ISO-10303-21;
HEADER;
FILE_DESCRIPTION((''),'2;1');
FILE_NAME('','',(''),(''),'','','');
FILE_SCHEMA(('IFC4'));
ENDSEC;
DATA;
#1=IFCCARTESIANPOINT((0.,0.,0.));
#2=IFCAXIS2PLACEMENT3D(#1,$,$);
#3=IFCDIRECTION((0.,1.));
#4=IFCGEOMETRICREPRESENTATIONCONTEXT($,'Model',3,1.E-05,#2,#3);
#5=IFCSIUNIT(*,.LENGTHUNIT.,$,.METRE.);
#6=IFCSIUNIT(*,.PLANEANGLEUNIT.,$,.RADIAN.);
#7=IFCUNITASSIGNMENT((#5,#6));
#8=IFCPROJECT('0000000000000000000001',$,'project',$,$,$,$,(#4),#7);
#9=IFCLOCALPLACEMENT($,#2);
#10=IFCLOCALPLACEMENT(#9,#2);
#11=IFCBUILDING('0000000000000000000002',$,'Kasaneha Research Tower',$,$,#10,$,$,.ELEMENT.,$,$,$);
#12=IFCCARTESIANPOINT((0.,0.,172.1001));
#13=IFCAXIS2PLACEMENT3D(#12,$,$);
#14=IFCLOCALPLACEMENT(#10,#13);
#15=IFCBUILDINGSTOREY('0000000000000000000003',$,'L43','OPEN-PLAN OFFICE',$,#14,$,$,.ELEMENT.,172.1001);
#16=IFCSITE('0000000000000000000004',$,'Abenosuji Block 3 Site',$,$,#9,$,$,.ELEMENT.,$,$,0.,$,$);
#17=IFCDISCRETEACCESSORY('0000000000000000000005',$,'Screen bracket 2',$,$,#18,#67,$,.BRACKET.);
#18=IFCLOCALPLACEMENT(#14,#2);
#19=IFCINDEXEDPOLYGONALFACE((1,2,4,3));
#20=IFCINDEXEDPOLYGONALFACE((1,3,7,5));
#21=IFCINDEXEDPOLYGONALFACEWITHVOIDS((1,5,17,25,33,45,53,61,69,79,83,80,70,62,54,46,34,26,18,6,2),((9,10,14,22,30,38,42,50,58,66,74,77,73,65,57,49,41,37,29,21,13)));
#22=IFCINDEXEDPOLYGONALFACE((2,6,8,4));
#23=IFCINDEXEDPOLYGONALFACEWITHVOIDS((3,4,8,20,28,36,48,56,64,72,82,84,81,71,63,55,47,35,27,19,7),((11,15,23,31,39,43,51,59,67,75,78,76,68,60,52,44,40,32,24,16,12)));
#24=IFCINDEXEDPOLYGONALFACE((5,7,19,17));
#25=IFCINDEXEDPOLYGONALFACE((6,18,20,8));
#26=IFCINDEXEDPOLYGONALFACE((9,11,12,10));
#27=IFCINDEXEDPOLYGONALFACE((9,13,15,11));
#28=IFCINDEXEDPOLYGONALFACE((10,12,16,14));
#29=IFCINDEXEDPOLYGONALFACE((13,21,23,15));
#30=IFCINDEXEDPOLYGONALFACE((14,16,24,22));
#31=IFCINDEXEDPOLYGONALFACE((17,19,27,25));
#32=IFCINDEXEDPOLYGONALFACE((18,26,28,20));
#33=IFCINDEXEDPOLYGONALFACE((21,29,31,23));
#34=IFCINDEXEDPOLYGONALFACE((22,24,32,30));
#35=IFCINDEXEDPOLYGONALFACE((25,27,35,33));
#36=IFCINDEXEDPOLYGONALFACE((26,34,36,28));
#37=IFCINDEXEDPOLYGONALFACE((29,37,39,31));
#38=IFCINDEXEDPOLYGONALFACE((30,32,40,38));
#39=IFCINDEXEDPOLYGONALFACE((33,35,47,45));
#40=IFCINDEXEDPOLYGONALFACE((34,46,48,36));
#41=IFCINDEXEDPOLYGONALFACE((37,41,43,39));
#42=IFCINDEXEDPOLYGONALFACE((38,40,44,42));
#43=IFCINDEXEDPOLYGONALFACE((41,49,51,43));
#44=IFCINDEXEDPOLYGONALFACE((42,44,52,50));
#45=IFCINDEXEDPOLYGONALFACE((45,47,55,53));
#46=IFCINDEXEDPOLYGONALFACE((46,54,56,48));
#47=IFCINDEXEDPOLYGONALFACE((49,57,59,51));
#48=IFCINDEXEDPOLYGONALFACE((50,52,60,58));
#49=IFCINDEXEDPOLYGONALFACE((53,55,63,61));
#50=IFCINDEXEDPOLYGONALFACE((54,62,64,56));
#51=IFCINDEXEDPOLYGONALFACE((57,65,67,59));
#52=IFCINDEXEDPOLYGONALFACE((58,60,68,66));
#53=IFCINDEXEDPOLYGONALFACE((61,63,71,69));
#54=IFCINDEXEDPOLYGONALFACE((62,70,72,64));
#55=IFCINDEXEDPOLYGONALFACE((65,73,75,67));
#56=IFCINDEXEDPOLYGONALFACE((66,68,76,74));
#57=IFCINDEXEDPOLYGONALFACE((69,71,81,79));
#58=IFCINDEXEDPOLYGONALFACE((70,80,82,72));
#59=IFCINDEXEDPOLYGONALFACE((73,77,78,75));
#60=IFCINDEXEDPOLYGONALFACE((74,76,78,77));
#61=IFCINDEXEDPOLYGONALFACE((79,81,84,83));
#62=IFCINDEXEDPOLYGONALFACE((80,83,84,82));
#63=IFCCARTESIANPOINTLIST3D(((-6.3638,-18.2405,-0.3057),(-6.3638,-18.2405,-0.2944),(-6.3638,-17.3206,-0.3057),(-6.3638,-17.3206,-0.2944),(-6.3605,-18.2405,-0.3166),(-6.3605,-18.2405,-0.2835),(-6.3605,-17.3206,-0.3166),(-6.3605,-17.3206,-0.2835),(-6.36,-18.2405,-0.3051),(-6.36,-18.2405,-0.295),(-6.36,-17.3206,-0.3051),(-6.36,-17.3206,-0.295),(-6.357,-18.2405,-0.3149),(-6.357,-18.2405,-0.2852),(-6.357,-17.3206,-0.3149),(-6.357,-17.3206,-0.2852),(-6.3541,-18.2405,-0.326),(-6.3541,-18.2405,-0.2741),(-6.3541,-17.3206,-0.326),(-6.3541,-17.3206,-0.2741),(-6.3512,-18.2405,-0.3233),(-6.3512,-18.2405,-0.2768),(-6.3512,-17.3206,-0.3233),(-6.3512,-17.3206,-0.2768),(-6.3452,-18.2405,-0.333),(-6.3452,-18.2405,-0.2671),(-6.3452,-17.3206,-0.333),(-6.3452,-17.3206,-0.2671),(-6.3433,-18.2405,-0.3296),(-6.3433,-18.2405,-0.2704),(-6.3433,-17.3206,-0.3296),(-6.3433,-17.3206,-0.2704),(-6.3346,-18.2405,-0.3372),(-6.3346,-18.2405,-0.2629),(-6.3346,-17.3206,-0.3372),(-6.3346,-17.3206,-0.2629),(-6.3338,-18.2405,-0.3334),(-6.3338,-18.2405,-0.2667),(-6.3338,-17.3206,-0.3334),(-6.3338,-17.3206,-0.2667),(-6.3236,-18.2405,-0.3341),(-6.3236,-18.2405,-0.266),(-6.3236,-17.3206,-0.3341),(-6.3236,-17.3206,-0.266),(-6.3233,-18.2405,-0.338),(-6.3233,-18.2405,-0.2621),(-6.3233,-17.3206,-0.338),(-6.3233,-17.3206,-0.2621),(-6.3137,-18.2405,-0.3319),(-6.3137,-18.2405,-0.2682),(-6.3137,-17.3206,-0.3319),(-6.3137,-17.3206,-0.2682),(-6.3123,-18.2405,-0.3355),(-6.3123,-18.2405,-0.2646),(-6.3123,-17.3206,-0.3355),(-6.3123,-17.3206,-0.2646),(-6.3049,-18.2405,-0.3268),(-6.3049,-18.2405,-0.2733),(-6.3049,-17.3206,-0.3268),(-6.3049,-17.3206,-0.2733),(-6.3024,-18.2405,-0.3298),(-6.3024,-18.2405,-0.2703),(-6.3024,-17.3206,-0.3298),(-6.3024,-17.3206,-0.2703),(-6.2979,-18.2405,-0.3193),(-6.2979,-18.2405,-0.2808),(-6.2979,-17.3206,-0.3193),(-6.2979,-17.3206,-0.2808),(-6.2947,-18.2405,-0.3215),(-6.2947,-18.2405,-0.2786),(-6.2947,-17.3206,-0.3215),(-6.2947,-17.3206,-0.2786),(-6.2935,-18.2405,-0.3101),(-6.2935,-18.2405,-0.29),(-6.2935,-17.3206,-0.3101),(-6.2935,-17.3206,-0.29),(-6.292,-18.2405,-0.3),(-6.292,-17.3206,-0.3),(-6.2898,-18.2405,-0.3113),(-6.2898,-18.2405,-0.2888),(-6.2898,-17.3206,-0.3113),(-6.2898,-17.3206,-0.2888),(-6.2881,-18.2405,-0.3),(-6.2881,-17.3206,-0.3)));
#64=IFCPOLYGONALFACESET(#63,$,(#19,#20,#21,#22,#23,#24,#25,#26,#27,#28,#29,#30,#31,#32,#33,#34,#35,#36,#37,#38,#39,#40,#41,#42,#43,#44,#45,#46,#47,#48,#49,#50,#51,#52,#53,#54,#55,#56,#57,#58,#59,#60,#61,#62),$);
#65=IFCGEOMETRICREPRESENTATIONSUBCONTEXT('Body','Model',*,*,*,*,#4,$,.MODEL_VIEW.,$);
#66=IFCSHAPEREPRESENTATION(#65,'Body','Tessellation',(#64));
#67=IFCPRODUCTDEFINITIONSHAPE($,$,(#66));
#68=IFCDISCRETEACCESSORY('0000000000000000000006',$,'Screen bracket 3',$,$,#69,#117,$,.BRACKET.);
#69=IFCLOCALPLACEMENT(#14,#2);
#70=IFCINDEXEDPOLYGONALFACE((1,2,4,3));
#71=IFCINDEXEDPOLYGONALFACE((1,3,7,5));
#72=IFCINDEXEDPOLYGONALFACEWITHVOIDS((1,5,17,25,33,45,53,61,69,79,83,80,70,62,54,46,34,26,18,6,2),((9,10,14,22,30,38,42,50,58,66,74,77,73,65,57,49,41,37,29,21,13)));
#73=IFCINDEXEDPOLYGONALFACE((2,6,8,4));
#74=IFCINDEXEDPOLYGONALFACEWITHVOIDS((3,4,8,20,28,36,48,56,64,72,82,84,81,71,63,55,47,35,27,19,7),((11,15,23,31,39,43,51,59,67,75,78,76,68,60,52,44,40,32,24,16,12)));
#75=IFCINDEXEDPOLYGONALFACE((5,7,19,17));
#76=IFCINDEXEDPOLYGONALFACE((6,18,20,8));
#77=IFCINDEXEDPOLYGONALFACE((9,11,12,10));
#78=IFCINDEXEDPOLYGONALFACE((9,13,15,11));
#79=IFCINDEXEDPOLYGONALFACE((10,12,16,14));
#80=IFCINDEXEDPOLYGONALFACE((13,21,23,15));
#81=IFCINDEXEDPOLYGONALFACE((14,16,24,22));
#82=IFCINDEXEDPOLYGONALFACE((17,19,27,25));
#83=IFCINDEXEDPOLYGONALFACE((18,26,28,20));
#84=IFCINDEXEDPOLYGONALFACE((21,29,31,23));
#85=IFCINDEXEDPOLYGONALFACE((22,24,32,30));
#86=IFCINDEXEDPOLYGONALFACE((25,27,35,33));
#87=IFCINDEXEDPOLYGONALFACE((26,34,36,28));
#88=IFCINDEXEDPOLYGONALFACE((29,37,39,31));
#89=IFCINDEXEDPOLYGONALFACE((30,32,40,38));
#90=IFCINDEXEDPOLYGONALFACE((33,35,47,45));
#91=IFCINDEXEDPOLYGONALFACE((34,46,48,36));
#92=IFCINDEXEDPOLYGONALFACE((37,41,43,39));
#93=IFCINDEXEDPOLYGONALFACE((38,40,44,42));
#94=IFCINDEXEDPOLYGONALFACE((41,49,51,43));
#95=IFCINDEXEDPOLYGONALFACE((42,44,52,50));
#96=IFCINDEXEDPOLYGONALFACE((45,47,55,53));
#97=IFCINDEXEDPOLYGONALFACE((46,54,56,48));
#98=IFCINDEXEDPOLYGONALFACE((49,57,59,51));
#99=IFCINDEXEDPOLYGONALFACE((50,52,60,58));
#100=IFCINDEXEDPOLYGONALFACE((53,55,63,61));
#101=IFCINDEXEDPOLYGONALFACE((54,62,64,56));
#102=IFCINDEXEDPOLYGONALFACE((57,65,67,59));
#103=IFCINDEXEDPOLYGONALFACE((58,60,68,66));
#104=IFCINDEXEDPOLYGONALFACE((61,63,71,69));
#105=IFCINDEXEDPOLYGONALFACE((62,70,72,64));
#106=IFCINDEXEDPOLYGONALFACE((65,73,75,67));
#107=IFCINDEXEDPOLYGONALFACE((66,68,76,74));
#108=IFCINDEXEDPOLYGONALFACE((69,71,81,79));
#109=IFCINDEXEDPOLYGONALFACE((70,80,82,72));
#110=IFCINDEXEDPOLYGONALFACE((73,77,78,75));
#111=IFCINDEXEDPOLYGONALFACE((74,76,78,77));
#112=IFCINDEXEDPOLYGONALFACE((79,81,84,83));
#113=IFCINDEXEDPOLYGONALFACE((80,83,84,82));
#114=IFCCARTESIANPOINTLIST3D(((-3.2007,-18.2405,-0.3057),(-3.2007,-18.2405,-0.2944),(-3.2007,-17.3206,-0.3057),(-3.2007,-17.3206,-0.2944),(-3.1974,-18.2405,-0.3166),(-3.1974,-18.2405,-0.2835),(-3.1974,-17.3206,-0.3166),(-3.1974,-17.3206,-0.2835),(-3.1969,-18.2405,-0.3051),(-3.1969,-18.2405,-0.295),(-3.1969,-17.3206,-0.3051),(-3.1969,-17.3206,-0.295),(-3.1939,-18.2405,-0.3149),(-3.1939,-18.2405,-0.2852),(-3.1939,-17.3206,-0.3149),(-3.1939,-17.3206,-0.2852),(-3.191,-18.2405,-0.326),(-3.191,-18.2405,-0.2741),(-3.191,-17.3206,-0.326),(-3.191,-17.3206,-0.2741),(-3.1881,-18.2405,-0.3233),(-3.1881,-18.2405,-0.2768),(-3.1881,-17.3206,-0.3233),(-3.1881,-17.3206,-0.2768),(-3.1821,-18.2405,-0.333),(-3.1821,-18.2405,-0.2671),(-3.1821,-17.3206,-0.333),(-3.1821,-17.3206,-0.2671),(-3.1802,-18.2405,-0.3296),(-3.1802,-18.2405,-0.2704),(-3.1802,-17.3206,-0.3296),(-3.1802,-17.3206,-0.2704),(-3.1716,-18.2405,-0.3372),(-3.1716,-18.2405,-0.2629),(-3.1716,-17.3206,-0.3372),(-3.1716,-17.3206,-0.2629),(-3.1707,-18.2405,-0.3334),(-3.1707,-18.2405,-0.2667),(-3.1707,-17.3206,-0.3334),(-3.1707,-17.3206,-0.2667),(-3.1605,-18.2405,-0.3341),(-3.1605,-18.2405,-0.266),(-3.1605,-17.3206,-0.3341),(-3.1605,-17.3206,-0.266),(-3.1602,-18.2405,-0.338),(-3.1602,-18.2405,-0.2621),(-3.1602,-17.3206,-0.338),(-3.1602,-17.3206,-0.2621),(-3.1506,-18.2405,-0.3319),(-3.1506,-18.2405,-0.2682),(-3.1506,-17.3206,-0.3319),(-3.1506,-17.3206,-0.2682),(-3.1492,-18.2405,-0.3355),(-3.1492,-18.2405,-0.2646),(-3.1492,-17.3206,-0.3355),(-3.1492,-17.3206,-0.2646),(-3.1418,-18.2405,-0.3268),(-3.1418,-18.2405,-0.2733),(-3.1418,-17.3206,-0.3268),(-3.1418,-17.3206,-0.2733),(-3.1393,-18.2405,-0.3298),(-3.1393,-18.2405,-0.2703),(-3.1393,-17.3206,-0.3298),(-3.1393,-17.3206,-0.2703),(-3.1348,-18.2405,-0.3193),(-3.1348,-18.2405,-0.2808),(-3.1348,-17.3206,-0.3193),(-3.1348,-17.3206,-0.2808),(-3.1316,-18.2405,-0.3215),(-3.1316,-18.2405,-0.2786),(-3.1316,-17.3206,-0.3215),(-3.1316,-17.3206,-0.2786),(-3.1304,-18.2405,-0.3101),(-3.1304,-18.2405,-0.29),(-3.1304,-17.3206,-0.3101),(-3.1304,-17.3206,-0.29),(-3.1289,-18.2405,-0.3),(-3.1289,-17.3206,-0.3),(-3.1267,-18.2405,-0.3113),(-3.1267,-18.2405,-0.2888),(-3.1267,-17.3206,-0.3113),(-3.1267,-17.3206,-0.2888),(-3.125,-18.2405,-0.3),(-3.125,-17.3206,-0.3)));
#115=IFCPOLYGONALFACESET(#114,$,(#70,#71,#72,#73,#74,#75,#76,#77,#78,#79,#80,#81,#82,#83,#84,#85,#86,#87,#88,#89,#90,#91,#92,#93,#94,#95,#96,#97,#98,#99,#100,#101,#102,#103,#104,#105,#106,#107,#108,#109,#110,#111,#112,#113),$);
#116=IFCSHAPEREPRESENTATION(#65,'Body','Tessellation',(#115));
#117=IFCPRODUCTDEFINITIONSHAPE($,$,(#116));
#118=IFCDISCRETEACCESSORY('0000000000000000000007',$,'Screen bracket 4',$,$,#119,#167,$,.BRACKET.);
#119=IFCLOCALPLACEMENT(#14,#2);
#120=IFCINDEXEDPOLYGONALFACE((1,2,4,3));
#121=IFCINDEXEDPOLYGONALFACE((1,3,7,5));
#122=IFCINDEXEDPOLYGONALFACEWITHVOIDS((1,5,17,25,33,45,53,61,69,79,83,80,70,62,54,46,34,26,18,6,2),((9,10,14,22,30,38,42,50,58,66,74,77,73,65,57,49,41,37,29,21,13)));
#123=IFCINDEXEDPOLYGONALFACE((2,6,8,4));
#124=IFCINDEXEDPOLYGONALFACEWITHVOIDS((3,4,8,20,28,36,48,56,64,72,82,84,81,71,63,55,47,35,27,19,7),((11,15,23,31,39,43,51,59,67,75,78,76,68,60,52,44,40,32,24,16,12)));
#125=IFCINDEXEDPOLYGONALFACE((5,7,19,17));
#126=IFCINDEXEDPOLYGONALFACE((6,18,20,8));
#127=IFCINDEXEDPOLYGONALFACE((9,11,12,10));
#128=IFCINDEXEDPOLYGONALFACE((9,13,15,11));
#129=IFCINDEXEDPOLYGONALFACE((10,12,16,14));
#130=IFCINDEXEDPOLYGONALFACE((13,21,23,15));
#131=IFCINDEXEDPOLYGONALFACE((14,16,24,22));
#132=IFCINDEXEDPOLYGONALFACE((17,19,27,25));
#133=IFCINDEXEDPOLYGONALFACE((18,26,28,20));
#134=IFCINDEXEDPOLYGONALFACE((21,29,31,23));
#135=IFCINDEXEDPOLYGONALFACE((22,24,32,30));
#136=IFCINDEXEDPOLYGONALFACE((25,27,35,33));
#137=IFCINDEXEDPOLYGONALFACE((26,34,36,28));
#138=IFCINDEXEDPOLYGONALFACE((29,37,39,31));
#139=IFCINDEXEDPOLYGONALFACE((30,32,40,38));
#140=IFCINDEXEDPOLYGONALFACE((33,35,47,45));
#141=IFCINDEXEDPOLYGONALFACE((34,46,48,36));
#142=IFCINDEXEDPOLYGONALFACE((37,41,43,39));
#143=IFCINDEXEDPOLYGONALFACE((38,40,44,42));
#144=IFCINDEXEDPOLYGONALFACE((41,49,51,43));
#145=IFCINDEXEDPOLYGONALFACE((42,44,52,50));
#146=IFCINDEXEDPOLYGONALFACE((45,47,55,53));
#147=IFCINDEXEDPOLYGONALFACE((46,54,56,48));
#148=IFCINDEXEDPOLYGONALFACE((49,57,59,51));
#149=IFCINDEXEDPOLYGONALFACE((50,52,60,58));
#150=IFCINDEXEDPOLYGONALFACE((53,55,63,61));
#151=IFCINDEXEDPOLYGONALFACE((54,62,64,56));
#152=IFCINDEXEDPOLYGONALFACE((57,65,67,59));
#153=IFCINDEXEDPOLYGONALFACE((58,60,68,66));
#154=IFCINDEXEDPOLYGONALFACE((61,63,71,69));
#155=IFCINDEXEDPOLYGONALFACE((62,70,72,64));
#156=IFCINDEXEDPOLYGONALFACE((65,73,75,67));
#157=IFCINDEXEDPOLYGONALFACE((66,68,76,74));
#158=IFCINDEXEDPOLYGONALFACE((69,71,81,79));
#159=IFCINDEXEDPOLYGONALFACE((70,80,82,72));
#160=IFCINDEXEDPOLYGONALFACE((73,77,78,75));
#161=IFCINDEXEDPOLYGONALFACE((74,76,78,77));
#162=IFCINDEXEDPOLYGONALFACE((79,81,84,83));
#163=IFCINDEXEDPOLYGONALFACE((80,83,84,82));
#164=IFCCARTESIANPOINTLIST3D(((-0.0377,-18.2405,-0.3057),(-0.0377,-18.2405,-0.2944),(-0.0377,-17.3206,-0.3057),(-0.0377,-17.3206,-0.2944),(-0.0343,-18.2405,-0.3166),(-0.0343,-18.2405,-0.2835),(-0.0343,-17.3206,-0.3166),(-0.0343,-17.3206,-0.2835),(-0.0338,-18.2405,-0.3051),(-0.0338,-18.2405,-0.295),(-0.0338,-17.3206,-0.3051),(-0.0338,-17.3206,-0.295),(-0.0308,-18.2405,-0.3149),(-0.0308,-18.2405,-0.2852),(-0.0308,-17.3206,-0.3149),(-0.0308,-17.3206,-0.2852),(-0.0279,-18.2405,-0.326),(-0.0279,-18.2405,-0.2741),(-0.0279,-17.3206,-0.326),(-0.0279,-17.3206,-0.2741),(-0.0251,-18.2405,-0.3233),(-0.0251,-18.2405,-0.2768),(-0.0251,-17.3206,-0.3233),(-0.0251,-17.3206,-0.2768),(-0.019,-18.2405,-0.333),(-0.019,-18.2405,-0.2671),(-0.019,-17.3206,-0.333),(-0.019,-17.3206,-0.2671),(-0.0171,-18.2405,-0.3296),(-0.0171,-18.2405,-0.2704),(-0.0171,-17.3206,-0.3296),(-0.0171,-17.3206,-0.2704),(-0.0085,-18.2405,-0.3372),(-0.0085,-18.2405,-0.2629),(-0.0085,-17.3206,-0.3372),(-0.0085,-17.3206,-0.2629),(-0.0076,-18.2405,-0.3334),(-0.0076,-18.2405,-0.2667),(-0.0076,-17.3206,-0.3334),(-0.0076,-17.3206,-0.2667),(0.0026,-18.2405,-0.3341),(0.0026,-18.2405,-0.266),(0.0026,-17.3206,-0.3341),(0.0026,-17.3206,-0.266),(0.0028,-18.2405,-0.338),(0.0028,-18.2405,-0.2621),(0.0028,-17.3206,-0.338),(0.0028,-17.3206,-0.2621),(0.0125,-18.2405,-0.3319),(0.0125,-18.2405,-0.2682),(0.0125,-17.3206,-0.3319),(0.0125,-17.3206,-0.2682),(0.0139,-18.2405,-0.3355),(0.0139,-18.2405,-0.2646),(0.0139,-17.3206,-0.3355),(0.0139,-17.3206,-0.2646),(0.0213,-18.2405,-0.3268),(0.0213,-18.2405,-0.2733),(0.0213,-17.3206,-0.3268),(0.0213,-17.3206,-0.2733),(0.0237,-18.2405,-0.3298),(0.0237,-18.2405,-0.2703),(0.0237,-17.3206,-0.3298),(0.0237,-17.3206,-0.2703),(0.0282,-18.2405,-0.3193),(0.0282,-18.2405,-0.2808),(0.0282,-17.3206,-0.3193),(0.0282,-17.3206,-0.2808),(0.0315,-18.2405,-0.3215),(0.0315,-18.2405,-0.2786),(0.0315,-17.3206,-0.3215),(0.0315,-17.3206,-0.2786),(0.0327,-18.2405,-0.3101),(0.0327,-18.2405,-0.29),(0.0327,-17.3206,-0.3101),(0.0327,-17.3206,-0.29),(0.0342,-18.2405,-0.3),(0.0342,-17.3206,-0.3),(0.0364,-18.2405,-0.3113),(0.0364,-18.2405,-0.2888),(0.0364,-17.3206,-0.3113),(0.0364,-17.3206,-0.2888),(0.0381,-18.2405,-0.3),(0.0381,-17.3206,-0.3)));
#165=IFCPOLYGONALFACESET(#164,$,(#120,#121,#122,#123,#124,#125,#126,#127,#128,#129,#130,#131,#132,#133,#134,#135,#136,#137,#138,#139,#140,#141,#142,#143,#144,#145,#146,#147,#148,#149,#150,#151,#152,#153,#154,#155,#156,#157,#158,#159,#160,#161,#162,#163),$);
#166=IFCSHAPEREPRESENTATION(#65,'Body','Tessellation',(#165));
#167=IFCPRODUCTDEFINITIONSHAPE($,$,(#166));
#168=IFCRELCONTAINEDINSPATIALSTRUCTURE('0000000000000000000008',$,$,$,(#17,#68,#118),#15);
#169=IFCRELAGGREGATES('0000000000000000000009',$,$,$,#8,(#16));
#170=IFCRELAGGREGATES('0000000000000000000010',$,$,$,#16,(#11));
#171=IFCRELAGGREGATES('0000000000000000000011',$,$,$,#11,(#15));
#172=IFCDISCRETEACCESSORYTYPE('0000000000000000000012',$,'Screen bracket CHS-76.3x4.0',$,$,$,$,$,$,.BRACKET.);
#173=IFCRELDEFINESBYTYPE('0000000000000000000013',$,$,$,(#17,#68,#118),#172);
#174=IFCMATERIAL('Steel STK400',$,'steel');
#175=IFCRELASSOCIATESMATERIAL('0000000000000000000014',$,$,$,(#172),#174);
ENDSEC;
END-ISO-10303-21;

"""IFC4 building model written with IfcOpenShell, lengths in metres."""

from ifc_helpers import new_model, si_unit, direction, frame, origin, origin_2d, place, context, subcontext, project, spatial, hollow_circle, extrude, material, material_profile, profile_set, type_object, element, save


model = new_model("IFC4")

# Units and contexts
model_context = context("Model", 3, precision=1e-05, world=origin(), true_north=direction((0.0, 1.0)))
body_context = subcontext(model_context, "Body", "Model", "MODEL_VIEW")
ifc_project = project(units=[si_unit("LENGTHUNIT", "METRE"), si_unit("PLANEANGLEUNIT", "RADIAN")], contexts=[model_context])

# Site, building, storey
site_placement = place(None, origin())
site = spatial("IfcSite", under=ifc_project, at=site_placement, Name="Abenosuji Block 3 Site", CompositionType="ELEMENT", RefElevation=0.0)
building_placement = place(site_placement, origin())
building = spatial("IfcBuilding", under=site, at=building_placement, Name="Kasaneha Research Tower", CompositionType="ELEMENT")
storey_placement = place(building_placement, frame((0.0, 0.0, 172.1001)))
storey = spatial("IfcBuildingStorey", under=building, at=storey_placement, Name="L43", Description="OPEN-PLAN OFFICE", CompositionType="ELEMENT", Elevation=172.1001)

# Discrete accessories
ifc_material_1 = material(Name="Steel STK400", Category="steel")
ifc_material_profile_1 = material_profile(ifc_material_1, hollow_circle(Radius=0.0381, WallThickness=0.0039, at=origin_2d()), Name="CHS-76.3x4.0")
ifc_profile_set_1 = profile_set([ifc_material_profile_1], Name="Steel STK400")
discrete_accessory_type = type_object("IfcDiscreteAccessoryType", Name="Screen bracket CHS-76.3x4.0", PredefinedType="BRACKET", material=ifc_profile_set_1)
for number, where, z_axis, x_axis, name in (
    (1, (-6.3262, -17.3206, -0.3), (0.0, -1.0, 0.0), (1.0, 0.0, 0.0), "Screen bracket 2"),
    (2, (-3.1631, -17.3206, -0.3), (0.0, -1.0, 0.0), (1.0, 0.0, 0.0), "Screen bracket 3"),
    (3, (0.0, -17.3206, -0.3), (0.0, -1.0, 0.0), (1.0, 0.0, 0.0), "Screen bracket 4"),
):
    element("IfcDiscreteAccessory", number, at=place(storey_placement, frame(where, z_axis=z_axis, x_axis=x_axis)), inside=storey, type_object=discrete_accessory_type, Name=name, PredefinedType="BRACKET", context=body_context, shape_type="SweptSolid", body=[
        extrude(hollow_circle(Radius=0.0381, WallThickness=0.0039, at=origin_2d()), origin(), (0.0, 0.0, 1.0), 0.9199),
    ])

save(model, "model.ifc")
